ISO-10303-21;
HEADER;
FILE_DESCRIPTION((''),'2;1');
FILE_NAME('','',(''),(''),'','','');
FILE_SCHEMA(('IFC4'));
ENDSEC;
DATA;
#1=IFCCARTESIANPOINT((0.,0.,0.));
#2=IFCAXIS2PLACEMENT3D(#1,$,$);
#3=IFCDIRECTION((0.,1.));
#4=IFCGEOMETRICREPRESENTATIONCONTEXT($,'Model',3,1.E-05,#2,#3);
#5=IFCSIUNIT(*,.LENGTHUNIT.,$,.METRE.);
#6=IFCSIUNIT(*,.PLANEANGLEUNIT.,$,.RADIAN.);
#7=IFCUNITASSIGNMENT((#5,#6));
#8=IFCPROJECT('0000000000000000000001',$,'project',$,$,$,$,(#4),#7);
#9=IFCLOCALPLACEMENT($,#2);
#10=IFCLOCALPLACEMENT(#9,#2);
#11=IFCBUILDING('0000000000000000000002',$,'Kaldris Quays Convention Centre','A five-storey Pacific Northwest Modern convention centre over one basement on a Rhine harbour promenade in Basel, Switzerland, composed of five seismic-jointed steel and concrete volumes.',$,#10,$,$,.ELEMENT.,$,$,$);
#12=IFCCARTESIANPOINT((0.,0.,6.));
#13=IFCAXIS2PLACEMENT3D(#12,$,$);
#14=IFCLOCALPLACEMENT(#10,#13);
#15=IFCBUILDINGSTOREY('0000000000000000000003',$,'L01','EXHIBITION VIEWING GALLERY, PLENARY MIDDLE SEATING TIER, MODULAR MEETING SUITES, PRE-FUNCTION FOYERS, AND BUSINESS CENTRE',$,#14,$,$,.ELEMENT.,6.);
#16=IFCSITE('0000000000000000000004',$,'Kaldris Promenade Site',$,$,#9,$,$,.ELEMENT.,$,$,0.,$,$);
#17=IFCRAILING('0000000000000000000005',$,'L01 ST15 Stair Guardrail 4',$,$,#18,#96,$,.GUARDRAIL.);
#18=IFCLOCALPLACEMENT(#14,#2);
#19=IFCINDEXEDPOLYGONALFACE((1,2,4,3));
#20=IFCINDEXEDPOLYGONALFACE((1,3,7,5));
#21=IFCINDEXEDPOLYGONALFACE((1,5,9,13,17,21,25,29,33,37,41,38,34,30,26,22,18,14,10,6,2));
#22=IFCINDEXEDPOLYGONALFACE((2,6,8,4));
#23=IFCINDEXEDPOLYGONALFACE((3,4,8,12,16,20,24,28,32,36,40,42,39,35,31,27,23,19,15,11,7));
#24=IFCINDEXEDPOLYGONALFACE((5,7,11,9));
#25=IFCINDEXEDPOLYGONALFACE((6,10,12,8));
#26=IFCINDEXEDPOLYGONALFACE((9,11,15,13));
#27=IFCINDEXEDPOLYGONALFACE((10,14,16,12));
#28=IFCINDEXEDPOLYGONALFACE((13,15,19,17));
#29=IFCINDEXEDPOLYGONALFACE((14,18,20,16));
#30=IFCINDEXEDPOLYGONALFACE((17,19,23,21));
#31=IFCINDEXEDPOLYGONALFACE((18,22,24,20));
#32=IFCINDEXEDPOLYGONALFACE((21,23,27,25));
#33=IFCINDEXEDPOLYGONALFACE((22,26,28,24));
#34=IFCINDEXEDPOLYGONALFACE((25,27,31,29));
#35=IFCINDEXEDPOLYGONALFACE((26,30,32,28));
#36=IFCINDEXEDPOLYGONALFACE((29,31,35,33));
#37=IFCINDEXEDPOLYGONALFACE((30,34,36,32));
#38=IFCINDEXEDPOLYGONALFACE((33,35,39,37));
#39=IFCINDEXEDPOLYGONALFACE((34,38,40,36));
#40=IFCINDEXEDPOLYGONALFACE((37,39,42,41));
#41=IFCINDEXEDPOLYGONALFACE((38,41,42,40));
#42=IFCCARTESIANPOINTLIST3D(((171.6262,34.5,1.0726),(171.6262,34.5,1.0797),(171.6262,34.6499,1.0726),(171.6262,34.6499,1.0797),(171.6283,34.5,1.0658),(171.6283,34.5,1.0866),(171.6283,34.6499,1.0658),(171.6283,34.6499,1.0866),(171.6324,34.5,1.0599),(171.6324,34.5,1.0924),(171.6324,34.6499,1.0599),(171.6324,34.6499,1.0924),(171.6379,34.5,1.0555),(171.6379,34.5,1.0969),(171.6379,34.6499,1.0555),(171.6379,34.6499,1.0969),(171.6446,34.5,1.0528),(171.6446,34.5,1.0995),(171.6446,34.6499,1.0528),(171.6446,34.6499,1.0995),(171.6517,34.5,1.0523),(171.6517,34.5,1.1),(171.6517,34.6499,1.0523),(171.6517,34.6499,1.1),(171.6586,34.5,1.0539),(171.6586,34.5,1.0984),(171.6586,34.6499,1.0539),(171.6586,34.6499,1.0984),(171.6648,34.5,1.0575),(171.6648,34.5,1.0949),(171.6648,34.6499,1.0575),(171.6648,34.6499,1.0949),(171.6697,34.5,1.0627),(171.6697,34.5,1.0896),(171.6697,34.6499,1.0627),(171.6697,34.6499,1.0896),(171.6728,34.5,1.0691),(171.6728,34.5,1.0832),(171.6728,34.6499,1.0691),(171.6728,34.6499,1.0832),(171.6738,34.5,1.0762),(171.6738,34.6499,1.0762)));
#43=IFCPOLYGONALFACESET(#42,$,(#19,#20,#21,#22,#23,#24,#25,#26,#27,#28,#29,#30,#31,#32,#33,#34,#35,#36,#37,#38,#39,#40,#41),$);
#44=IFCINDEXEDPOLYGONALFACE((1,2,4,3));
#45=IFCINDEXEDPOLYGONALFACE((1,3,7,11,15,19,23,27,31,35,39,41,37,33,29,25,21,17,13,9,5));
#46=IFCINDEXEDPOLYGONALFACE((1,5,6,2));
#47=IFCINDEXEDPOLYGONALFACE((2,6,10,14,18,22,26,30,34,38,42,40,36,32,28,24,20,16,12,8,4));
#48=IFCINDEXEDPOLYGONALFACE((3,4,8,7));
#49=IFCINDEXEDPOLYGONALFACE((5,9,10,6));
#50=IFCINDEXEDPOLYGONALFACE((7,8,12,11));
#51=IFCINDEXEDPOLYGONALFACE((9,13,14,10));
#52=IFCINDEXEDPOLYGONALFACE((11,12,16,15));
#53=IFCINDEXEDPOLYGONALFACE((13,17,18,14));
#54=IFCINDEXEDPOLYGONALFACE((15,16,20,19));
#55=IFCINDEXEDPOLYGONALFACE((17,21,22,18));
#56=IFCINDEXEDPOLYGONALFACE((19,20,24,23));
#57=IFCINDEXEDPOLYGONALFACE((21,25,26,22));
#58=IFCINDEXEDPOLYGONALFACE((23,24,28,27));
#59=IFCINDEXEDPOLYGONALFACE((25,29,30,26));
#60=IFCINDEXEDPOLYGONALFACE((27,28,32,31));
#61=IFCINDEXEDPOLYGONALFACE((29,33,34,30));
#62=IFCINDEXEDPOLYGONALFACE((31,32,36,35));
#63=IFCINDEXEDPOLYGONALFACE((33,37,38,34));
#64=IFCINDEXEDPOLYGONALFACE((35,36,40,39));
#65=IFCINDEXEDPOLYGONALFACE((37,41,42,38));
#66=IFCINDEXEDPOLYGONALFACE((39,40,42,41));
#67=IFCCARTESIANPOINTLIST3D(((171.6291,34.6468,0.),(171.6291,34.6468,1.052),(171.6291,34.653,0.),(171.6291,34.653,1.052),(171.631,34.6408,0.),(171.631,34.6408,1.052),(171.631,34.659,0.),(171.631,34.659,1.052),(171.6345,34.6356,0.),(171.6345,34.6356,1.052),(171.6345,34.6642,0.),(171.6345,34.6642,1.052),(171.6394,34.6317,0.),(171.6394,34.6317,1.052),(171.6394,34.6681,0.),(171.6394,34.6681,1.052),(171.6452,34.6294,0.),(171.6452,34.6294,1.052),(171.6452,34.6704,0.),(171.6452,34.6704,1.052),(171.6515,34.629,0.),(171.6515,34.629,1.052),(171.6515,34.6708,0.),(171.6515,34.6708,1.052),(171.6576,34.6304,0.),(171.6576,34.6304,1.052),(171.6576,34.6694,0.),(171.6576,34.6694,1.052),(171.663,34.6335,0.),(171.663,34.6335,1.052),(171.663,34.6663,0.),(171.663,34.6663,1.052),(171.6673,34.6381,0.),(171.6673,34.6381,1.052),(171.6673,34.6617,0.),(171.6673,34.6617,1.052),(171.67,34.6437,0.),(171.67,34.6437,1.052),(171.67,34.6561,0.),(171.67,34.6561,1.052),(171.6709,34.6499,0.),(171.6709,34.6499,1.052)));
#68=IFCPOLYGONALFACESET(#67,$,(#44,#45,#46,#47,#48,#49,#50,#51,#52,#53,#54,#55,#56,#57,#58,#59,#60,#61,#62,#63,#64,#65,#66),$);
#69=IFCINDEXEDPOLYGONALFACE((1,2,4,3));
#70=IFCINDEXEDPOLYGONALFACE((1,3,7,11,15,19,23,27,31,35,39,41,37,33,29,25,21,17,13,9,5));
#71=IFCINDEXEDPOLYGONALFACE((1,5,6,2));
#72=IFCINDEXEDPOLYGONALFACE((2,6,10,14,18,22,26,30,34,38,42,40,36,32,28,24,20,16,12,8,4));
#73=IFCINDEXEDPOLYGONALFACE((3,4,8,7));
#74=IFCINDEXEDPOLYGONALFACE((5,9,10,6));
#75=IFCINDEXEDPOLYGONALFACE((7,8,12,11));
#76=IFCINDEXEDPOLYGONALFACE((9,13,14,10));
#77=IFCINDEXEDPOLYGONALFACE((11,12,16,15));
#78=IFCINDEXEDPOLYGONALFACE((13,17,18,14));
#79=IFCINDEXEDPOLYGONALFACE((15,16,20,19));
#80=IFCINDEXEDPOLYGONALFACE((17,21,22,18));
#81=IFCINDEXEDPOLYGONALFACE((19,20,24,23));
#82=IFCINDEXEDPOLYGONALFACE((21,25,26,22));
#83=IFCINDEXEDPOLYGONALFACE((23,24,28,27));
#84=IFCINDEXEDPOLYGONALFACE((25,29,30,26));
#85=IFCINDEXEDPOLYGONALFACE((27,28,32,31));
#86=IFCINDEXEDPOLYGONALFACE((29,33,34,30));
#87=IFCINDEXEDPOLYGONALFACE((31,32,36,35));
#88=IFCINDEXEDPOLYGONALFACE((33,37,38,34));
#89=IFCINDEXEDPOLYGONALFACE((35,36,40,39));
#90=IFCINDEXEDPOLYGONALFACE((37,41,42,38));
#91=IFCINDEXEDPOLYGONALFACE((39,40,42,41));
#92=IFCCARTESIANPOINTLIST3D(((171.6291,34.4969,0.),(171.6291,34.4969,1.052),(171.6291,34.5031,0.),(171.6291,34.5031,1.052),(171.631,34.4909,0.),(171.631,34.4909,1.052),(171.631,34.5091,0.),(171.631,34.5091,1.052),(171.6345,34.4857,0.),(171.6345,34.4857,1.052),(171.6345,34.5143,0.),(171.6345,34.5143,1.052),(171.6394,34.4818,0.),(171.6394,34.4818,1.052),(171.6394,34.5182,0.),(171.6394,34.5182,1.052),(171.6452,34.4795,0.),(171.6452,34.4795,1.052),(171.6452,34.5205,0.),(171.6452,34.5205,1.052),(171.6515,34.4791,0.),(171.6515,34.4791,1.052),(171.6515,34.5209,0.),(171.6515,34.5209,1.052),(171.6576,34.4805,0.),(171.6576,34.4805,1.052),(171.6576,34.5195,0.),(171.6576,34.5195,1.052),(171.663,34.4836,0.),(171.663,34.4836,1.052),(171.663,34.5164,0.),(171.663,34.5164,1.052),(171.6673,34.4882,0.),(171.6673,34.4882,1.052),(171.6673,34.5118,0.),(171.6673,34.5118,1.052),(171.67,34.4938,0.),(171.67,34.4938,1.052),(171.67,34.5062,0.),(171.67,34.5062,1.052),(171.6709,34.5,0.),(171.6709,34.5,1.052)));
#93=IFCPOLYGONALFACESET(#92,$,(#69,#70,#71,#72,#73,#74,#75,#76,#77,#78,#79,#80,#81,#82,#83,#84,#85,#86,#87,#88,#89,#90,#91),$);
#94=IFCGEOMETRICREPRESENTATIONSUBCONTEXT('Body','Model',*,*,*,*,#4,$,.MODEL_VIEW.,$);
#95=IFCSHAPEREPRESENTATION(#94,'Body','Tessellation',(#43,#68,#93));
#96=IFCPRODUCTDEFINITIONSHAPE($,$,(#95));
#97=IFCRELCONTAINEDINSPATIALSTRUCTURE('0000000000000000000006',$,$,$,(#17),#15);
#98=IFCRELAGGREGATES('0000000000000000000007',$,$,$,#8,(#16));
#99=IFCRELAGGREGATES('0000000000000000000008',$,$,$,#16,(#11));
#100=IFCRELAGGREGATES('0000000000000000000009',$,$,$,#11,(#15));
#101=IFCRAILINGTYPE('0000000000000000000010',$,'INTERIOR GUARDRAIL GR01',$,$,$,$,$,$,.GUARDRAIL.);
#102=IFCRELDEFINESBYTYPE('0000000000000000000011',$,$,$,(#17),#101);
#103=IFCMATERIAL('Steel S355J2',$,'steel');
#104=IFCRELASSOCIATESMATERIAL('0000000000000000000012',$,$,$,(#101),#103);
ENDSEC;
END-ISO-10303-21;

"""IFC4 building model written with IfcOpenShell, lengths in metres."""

from ifc_helpers import new_model, si_unit, direction, frame, origin, origin_2d, place, context, subcontext, project, spatial, circle, extrude, material, type_object, element, save


model = new_model("IFC4")

# Units and contexts
model_context = context("Model", 3, precision=1e-05, world=origin(), true_north=direction((0.0, 1.0)))
body_context = subcontext(model_context, "Body", "Model", "MODEL_VIEW")
ifc_project = project(units=[si_unit("LENGTHUNIT", "METRE"), si_unit("PLANEANGLEUNIT", "RADIAN")], contexts=[model_context])

# Site, building, storey
site_placement = place(None, origin())
site = spatial("IfcSite", under=ifc_project, at=site_placement, Name="Kaldris Promenade Site", CompositionType="ELEMENT", RefElevation=0.0)
building_placement = place(site_placement, origin())
building = spatial("IfcBuilding", under=site, at=building_placement, Name="Kaldris Quays Convention Centre", Description="A five-storey Pacific Northwest Modern convention centre over one basement on a Rhine harbour promenade in Basel, Switzerland, composed of five seismic-jointed steel and concrete volumes.", CompositionType="ELEMENT")
storey_placement = place(building_placement, frame((0.0, 0.0, 6.0)))
storey = spatial("IfcBuildingStorey", under=building, at=storey_placement, Name="L01", Description="EXHIBITION VIEWING GALLERY, PLENARY MIDDLE SEATING TIER, MODULAR MEETING SUITES, PRE-FUNCTION FOYERS, AND BUSINESS CENTRE", CompositionType="ELEMENT", Elevation=6.0)

# Shared definitions
ifc_material_1 = material(Name="Steel S355J2", Category="steel")

# Railing
railing_type_1 = type_object("IfcRailingType", Name="INTERIOR GUARDRAIL GR01", PredefinedType="GUARDRAIL", material=ifc_material_1)
railing_1_placement = place(storey_placement, frame((171.6499, 34.6499, 0.0)))
element("IfcRailing", 1, at=railing_1_placement, inside=storey, type_object=railing_type_1, Name="L01 ST15 Stair Guardrail 4", PredefinedType="GUARDRAIL", context=body_context, shape_type="SweptSolid", body=[
    extrude(circle(Radius=0.0239, at=origin_2d()), frame((0.0, 0.0, 1.0762), z_axis=(0.0, -1.0, 0.0), x_axis=(1.0, 0.0, 0.0)), (0.0, 0.0, 1.0), 0.1499),
    extrude(circle(Radius=0.021, at=origin_2d()), origin(), (0.0, 0.0, 1.0), 1.052),
    extrude(circle(Radius=0.021, at=origin_2d()), frame((0.0, -0.1499, 0.0)), (0.0, 0.0, 1.0), 1.052),
])

save(model, "model.ifc")
